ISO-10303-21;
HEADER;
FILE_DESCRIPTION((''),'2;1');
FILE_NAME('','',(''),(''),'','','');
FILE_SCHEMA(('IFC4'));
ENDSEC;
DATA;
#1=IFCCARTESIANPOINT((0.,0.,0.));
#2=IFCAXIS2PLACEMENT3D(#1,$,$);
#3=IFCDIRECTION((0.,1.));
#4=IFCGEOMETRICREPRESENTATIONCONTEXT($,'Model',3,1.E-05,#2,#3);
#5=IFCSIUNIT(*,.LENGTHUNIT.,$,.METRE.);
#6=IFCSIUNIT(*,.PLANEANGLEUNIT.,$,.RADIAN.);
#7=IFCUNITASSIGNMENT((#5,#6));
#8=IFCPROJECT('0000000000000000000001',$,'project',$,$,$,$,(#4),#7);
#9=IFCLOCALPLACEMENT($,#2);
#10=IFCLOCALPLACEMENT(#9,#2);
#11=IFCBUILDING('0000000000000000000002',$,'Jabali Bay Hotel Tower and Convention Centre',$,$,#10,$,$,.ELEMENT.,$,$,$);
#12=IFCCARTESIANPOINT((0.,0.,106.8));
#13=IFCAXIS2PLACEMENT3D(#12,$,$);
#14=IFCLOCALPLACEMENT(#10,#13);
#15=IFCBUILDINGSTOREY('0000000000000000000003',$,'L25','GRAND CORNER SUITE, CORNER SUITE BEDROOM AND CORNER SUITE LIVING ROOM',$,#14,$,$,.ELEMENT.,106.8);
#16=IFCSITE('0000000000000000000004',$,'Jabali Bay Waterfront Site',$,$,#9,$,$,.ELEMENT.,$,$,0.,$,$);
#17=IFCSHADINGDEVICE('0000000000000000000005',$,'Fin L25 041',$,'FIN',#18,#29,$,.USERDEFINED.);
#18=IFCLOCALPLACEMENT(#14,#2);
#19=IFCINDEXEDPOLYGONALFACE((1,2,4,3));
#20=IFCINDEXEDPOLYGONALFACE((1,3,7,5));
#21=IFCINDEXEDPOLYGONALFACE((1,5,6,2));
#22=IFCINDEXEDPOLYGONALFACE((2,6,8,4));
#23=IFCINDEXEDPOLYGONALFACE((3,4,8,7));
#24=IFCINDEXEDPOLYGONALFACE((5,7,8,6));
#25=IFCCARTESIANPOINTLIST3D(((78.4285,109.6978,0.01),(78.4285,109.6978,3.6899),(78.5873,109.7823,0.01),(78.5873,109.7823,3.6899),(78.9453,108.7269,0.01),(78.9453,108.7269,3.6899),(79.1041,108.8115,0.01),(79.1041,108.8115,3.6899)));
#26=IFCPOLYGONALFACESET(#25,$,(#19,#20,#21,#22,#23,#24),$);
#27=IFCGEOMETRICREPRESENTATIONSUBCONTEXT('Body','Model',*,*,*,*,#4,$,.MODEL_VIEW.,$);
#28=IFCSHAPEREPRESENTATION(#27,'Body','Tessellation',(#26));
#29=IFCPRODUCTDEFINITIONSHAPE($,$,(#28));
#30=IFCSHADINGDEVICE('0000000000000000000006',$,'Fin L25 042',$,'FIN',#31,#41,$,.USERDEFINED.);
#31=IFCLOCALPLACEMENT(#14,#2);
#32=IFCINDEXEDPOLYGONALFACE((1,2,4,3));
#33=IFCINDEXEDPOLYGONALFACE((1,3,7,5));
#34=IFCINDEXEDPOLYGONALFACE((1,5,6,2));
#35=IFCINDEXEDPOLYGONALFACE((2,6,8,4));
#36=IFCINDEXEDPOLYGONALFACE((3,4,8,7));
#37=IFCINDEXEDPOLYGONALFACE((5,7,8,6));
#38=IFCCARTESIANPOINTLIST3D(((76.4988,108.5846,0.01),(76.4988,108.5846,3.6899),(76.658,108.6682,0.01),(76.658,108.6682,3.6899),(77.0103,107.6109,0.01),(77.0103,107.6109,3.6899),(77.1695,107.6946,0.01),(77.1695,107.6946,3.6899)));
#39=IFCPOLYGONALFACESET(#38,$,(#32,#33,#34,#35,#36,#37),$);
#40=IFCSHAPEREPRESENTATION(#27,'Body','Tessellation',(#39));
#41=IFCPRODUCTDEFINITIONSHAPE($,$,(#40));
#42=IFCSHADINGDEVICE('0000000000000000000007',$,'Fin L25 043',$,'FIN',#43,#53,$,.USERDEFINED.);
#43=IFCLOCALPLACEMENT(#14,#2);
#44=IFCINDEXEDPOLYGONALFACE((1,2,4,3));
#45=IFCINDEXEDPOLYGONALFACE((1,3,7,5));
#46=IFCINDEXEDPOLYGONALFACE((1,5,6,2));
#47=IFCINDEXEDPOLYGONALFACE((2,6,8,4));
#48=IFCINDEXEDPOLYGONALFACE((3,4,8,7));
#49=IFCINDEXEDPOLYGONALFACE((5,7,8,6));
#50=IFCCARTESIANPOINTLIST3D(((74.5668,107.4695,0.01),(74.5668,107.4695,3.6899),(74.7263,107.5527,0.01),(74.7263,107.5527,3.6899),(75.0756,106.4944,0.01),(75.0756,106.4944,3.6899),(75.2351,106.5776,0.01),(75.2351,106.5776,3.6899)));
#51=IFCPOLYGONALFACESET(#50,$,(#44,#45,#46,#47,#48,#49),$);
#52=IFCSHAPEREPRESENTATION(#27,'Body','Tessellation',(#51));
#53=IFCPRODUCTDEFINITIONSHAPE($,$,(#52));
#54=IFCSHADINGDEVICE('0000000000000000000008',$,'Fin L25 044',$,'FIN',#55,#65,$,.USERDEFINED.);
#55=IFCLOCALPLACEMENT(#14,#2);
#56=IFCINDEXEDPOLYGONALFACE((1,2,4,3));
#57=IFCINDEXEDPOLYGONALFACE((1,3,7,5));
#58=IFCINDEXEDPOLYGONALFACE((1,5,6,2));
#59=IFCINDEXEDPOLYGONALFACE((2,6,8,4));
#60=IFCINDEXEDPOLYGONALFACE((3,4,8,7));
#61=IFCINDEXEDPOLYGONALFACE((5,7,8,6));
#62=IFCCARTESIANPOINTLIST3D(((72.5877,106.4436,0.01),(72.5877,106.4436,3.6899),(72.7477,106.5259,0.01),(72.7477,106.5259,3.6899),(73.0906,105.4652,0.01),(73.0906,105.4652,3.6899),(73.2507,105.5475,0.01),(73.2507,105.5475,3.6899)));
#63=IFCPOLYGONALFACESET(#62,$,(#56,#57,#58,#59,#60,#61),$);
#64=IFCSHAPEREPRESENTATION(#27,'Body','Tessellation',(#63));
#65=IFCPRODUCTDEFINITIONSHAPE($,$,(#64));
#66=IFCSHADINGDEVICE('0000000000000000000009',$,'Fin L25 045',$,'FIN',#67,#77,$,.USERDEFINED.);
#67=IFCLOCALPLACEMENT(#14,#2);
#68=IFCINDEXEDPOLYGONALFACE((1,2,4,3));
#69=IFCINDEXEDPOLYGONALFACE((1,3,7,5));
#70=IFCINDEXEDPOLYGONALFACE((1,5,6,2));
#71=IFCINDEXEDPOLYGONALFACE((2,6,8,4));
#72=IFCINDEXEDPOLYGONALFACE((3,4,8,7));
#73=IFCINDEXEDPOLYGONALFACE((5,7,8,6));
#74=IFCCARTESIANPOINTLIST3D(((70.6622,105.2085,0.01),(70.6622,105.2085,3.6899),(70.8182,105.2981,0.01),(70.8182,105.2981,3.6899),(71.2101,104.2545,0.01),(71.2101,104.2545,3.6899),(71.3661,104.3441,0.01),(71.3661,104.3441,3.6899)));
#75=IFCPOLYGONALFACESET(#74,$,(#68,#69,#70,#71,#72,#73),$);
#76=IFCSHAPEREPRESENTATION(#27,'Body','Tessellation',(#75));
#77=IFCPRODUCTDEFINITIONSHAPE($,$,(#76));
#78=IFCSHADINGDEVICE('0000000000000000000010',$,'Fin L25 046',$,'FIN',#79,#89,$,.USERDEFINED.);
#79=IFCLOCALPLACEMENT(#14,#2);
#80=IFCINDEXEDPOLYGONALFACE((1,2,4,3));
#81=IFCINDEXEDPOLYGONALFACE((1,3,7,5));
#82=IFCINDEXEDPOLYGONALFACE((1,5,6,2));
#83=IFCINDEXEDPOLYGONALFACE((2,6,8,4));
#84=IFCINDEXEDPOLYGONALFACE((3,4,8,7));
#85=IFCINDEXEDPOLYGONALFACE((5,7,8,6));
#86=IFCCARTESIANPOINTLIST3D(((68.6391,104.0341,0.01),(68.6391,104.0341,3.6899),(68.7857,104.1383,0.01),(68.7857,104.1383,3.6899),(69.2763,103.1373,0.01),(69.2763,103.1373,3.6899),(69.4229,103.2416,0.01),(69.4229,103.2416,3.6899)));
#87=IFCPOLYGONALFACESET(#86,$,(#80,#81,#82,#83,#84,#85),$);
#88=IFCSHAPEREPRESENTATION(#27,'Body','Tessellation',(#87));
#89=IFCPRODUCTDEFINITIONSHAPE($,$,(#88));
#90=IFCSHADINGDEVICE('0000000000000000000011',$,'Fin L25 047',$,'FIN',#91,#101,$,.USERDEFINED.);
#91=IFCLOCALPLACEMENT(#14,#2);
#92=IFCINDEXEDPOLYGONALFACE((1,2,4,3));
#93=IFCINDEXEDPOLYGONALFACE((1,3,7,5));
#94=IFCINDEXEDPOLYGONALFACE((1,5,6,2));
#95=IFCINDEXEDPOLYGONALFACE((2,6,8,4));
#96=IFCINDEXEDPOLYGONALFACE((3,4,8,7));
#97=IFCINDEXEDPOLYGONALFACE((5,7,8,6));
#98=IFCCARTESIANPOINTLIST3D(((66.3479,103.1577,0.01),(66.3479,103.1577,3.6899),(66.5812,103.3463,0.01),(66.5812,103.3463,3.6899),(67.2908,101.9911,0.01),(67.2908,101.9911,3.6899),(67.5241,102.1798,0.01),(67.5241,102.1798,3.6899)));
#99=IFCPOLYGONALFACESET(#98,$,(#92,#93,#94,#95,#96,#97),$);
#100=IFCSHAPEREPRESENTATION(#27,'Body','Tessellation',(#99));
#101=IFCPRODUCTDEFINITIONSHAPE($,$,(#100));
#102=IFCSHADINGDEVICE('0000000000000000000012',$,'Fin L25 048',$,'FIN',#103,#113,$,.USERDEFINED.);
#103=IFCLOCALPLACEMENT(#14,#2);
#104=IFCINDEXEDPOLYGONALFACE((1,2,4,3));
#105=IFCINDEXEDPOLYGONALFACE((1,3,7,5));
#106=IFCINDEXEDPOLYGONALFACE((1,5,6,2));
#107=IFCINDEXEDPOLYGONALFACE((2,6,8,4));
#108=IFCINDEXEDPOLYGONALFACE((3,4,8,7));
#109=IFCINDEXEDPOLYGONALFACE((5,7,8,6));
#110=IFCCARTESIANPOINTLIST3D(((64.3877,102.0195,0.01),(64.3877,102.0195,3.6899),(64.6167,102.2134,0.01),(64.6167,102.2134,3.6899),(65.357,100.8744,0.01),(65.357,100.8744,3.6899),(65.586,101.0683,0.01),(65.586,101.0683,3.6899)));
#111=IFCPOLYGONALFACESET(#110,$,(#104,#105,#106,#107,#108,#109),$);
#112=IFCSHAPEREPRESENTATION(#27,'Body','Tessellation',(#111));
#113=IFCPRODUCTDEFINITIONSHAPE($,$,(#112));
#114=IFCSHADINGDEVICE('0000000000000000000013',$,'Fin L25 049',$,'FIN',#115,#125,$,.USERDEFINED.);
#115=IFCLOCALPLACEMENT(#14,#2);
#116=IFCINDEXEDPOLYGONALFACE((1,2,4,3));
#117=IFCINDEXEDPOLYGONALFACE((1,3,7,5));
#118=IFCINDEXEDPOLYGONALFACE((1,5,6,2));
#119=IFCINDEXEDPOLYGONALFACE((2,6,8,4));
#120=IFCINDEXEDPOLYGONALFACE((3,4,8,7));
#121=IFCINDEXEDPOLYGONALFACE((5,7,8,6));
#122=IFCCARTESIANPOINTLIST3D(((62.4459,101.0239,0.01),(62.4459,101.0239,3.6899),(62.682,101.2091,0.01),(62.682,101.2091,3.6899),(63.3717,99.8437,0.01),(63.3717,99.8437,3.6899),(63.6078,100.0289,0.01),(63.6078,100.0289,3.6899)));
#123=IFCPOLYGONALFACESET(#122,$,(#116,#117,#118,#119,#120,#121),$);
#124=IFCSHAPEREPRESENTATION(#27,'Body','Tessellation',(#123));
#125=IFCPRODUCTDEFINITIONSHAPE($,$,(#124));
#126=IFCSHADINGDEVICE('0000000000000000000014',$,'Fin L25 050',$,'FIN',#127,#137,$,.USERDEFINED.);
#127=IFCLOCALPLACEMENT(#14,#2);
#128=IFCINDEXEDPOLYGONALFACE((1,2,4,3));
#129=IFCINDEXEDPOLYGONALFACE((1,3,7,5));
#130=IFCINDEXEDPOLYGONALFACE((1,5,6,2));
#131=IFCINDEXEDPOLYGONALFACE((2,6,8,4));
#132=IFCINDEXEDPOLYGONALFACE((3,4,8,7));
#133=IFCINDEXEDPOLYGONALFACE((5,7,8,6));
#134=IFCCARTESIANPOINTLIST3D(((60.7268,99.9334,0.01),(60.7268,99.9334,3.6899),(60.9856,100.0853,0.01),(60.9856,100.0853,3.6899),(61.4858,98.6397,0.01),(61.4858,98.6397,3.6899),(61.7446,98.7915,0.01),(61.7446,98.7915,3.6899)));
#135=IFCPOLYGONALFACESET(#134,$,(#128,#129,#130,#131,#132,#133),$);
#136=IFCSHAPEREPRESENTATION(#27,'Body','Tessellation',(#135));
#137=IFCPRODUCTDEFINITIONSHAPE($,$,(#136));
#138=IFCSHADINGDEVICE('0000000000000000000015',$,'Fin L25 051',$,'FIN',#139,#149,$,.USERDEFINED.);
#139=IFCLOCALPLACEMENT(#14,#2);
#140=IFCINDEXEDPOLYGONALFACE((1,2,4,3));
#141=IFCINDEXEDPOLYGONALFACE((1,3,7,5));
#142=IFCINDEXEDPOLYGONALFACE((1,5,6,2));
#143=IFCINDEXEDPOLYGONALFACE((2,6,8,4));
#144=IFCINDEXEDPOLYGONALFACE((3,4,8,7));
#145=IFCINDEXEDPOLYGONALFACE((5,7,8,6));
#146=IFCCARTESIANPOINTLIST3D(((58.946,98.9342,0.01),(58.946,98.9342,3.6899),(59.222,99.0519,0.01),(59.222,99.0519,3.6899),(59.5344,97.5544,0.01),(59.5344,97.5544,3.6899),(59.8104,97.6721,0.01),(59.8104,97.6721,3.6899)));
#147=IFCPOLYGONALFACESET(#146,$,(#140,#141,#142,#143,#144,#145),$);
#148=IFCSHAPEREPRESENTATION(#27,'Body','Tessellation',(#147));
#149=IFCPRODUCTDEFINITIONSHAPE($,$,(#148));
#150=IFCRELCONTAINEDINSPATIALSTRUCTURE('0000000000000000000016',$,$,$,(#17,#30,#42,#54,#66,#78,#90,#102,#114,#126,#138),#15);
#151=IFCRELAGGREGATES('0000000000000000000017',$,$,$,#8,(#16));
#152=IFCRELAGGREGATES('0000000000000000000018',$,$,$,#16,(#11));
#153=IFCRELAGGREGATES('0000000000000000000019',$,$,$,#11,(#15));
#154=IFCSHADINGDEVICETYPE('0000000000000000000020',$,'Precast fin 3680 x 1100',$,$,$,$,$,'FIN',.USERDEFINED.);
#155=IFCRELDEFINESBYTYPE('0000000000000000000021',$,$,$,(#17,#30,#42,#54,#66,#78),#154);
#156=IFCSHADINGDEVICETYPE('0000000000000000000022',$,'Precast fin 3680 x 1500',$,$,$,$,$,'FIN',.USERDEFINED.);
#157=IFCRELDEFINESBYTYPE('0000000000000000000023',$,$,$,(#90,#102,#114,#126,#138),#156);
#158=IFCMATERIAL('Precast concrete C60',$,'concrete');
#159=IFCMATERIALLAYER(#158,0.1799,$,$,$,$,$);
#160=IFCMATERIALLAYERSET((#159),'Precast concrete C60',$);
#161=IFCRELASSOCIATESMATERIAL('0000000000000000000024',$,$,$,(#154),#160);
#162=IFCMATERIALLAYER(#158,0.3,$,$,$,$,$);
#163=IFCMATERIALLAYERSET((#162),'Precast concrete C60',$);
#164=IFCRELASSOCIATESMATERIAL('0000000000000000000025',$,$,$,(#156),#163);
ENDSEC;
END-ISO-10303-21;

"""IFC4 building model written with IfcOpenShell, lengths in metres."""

from ifc_helpers import new_model, si_unit, direction, frame, frame_2d, origin, place, context, subcontext, project, spatial, rectangle, extrude, material, layer, layer_set, type_object, element, save


model = new_model("IFC4")

# Units and contexts
model_context = context("Model", 3, precision=1e-05, world=origin(), true_north=direction((0.0, 1.0)))
body_context = subcontext(model_context, "Body", "Model", "MODEL_VIEW")
ifc_project = project(units=[si_unit("LENGTHUNIT", "METRE"), si_unit("PLANEANGLEUNIT", "RADIAN")], contexts=[model_context])

# Site, building, storey
site_placement = place(None, origin())
site = spatial("IfcSite", under=ifc_project, at=site_placement, Name="Jabali Bay Waterfront Site", CompositionType="ELEMENT", RefElevation=0.0)
building_placement = place(site_placement, origin())
building = spatial("IfcBuilding", under=site, at=building_placement, Name="Jabali Bay Hotel Tower and Convention Centre", CompositionType="ELEMENT")
storey_placement = place(building_placement, frame((0.0, 0.0, 106.8)))
storey = spatial("IfcBuildingStorey", under=building, at=storey_placement, Name="L25", Description="GRAND CORNER SUITE, CORNER SUITE BEDROOM AND CORNER SUITE LIVING ROOM", CompositionType="ELEMENT", Elevation=106.8)

# Shading devices
ifc_material_1 = material(Name="Precast concrete C60", Category="concrete")
ifc_layer_1 = layer(ifc_material_1, 0.1799)
ifc_layer_set_1 = layer_set([ifc_layer_1], Name="Precast concrete C60")
shading_device_type_1 = type_object("IfcShadingDeviceType", Name="Precast fin 3680 x 1100", ElementType="FIN", PredefinedType="USERDEFINED", material=ifc_layer_set_1)
for number, where, z_axis, x_axis, name in (
    (1, (79.0247, 108.7693, 0.01), (0.0, 0.0, 1.0), (-0.469885, 0.882727, 0.0), "Fin L25 041"),
    (2, (77.0898, 107.6528, 0.01), (0.0, 0.0, 1.0), (-0.46506, 0.885279, 0.0), "Fin L25 042"),
    (3, (75.1553, 106.5361, 0.01), (0.0, 0.0, 1.0), (-0.462596, 0.886569, 0.0), "Fin L25 043"),
):
    element("IfcShadingDevice", number, at=place(storey_placement, frame(where, z_axis=z_axis, x_axis=x_axis)), inside=storey, type_object=shading_device_type_1, Name=name, ObjectType="FIN", PredefinedType="USERDEFINED", context=body_context, shape_type="SweptSolid", body=[
        extrude(rectangle(XDim=1.0999, YDim=0.1799, at=frame_2d((0.5498, 0.0))), origin(), (0.0, 0.0, 1.0), 3.6799),
    ])
for number, where, z_axis, x_axis, name in (
    (4, (73.1707, 105.5063, 0.01), (0.0, 0.0, 1.0), (-0.457218, 0.889355, 0.0), "Fin L25 044"),
    (5, (71.2881, 104.2993, 0.01), (0.0, 0.0, 1.0), (-0.49805, 0.867148, 0.0), "Fin L25 045"),
    (6, (69.3496, 103.1895, 0.01), (0.0, 0.0, 1.0), (-0.579242, 0.815156, 0.0), "Fin L25 046"),
):
    element("IfcShadingDevice", number, at=place(storey_placement, frame(where, z_axis=z_axis, x_axis=x_axis)), inside=storey, type_object=shading_device_type_1, Name=name, ObjectType="FIN", PredefinedType="USERDEFINED", context=body_context, shape_type="SweptSolid", body=[
        extrude(rectangle(XDim=1.1001, YDim=0.1799, at=frame_2d((0.55, 0.0))), origin(), (0.0, 0.0, 1.0), 3.6799),
    ])
ifc_layer_2 = layer(ifc_material_1, 0.3)
ifc_layer_set_2 = layer_set([ifc_layer_2], Name="Precast concrete C60")
shading_device_type_2 = type_object("IfcShadingDeviceType", Name="Precast fin 3680 x 1500", ElementType="FIN", PredefinedType="USERDEFINED", material=ifc_layer_set_2)
shading_device_1_placement = place(storey_placement, frame((67.4075, 102.0854, 0.01), z_axis=(0.0, 0.0, 1.0), x_axis=(-0.628617, 0.777715, 0.0)))
element("IfcShadingDevice", 7, at=shading_device_1_placement, inside=storey, type_object=shading_device_type_2, Name="Fin L25 047", ObjectType="FIN", PredefinedType="USERDEFINED", context=body_context, shape_type="SweptSolid", body=[
    extrude(rectangle(XDim=1.5, YDim=0.3, at=frame_2d((0.75, 0.0))), origin(), (0.0, 0.0, 1.0), 3.6799),
])
shading_device_2_placement = place(storey_placement, frame((65.4714, 100.9714, 0.01), z_axis=(0.0, 0.0, 1.0), x_axis=(-0.646088, 0.763263, 0.0)))
element("IfcShadingDevice", 8, at=shading_device_2_placement, inside=storey, type_object=shading_device_type_2, Name="Fin L25 048", ObjectType="FIN", PredefinedType="USERDEFINED", context=body_context, shape_type="SweptSolid", body=[
    extrude(rectangle(XDim=1.5002, YDim=0.3, at=frame_2d((0.75, 0.0))), origin(), (0.0, 0.0, 1.0), 3.6799),
])
for number, where, z_axis, x_axis, name in (
    (9, (63.4897, 99.9363, 0.01), (0.0, 0.0, 1.0), (-0.617203, 0.786804, 0.0), "Fin L25 049"),
    (10, (61.6152, 98.7156, 0.01), (0.0, 0.0, 1.0), (-0.506045, 0.862507, 0.0), "Fin L25 050"),
    (11, (59.6724, 97.6133, 0.01), (0.0, 0.0, 1.0), (-0.392229, 0.919867, 0.0), "Fin L25 051"),
):
    element("IfcShadingDevice", number, at=place(storey_placement, frame(where, z_axis=z_axis, x_axis=x_axis)), inside=storey, type_object=shading_device_type_2, Name=name, ObjectType="FIN", PredefinedType="USERDEFINED", context=body_context, shape_type="SweptSolid", body=[
        extrude(rectangle(XDim=1.5, YDim=0.3, at=frame_2d((0.75, 0.0))), origin(), (0.0, 0.0, 1.0), 3.6799),
    ])

save(model, "model.ifc")
